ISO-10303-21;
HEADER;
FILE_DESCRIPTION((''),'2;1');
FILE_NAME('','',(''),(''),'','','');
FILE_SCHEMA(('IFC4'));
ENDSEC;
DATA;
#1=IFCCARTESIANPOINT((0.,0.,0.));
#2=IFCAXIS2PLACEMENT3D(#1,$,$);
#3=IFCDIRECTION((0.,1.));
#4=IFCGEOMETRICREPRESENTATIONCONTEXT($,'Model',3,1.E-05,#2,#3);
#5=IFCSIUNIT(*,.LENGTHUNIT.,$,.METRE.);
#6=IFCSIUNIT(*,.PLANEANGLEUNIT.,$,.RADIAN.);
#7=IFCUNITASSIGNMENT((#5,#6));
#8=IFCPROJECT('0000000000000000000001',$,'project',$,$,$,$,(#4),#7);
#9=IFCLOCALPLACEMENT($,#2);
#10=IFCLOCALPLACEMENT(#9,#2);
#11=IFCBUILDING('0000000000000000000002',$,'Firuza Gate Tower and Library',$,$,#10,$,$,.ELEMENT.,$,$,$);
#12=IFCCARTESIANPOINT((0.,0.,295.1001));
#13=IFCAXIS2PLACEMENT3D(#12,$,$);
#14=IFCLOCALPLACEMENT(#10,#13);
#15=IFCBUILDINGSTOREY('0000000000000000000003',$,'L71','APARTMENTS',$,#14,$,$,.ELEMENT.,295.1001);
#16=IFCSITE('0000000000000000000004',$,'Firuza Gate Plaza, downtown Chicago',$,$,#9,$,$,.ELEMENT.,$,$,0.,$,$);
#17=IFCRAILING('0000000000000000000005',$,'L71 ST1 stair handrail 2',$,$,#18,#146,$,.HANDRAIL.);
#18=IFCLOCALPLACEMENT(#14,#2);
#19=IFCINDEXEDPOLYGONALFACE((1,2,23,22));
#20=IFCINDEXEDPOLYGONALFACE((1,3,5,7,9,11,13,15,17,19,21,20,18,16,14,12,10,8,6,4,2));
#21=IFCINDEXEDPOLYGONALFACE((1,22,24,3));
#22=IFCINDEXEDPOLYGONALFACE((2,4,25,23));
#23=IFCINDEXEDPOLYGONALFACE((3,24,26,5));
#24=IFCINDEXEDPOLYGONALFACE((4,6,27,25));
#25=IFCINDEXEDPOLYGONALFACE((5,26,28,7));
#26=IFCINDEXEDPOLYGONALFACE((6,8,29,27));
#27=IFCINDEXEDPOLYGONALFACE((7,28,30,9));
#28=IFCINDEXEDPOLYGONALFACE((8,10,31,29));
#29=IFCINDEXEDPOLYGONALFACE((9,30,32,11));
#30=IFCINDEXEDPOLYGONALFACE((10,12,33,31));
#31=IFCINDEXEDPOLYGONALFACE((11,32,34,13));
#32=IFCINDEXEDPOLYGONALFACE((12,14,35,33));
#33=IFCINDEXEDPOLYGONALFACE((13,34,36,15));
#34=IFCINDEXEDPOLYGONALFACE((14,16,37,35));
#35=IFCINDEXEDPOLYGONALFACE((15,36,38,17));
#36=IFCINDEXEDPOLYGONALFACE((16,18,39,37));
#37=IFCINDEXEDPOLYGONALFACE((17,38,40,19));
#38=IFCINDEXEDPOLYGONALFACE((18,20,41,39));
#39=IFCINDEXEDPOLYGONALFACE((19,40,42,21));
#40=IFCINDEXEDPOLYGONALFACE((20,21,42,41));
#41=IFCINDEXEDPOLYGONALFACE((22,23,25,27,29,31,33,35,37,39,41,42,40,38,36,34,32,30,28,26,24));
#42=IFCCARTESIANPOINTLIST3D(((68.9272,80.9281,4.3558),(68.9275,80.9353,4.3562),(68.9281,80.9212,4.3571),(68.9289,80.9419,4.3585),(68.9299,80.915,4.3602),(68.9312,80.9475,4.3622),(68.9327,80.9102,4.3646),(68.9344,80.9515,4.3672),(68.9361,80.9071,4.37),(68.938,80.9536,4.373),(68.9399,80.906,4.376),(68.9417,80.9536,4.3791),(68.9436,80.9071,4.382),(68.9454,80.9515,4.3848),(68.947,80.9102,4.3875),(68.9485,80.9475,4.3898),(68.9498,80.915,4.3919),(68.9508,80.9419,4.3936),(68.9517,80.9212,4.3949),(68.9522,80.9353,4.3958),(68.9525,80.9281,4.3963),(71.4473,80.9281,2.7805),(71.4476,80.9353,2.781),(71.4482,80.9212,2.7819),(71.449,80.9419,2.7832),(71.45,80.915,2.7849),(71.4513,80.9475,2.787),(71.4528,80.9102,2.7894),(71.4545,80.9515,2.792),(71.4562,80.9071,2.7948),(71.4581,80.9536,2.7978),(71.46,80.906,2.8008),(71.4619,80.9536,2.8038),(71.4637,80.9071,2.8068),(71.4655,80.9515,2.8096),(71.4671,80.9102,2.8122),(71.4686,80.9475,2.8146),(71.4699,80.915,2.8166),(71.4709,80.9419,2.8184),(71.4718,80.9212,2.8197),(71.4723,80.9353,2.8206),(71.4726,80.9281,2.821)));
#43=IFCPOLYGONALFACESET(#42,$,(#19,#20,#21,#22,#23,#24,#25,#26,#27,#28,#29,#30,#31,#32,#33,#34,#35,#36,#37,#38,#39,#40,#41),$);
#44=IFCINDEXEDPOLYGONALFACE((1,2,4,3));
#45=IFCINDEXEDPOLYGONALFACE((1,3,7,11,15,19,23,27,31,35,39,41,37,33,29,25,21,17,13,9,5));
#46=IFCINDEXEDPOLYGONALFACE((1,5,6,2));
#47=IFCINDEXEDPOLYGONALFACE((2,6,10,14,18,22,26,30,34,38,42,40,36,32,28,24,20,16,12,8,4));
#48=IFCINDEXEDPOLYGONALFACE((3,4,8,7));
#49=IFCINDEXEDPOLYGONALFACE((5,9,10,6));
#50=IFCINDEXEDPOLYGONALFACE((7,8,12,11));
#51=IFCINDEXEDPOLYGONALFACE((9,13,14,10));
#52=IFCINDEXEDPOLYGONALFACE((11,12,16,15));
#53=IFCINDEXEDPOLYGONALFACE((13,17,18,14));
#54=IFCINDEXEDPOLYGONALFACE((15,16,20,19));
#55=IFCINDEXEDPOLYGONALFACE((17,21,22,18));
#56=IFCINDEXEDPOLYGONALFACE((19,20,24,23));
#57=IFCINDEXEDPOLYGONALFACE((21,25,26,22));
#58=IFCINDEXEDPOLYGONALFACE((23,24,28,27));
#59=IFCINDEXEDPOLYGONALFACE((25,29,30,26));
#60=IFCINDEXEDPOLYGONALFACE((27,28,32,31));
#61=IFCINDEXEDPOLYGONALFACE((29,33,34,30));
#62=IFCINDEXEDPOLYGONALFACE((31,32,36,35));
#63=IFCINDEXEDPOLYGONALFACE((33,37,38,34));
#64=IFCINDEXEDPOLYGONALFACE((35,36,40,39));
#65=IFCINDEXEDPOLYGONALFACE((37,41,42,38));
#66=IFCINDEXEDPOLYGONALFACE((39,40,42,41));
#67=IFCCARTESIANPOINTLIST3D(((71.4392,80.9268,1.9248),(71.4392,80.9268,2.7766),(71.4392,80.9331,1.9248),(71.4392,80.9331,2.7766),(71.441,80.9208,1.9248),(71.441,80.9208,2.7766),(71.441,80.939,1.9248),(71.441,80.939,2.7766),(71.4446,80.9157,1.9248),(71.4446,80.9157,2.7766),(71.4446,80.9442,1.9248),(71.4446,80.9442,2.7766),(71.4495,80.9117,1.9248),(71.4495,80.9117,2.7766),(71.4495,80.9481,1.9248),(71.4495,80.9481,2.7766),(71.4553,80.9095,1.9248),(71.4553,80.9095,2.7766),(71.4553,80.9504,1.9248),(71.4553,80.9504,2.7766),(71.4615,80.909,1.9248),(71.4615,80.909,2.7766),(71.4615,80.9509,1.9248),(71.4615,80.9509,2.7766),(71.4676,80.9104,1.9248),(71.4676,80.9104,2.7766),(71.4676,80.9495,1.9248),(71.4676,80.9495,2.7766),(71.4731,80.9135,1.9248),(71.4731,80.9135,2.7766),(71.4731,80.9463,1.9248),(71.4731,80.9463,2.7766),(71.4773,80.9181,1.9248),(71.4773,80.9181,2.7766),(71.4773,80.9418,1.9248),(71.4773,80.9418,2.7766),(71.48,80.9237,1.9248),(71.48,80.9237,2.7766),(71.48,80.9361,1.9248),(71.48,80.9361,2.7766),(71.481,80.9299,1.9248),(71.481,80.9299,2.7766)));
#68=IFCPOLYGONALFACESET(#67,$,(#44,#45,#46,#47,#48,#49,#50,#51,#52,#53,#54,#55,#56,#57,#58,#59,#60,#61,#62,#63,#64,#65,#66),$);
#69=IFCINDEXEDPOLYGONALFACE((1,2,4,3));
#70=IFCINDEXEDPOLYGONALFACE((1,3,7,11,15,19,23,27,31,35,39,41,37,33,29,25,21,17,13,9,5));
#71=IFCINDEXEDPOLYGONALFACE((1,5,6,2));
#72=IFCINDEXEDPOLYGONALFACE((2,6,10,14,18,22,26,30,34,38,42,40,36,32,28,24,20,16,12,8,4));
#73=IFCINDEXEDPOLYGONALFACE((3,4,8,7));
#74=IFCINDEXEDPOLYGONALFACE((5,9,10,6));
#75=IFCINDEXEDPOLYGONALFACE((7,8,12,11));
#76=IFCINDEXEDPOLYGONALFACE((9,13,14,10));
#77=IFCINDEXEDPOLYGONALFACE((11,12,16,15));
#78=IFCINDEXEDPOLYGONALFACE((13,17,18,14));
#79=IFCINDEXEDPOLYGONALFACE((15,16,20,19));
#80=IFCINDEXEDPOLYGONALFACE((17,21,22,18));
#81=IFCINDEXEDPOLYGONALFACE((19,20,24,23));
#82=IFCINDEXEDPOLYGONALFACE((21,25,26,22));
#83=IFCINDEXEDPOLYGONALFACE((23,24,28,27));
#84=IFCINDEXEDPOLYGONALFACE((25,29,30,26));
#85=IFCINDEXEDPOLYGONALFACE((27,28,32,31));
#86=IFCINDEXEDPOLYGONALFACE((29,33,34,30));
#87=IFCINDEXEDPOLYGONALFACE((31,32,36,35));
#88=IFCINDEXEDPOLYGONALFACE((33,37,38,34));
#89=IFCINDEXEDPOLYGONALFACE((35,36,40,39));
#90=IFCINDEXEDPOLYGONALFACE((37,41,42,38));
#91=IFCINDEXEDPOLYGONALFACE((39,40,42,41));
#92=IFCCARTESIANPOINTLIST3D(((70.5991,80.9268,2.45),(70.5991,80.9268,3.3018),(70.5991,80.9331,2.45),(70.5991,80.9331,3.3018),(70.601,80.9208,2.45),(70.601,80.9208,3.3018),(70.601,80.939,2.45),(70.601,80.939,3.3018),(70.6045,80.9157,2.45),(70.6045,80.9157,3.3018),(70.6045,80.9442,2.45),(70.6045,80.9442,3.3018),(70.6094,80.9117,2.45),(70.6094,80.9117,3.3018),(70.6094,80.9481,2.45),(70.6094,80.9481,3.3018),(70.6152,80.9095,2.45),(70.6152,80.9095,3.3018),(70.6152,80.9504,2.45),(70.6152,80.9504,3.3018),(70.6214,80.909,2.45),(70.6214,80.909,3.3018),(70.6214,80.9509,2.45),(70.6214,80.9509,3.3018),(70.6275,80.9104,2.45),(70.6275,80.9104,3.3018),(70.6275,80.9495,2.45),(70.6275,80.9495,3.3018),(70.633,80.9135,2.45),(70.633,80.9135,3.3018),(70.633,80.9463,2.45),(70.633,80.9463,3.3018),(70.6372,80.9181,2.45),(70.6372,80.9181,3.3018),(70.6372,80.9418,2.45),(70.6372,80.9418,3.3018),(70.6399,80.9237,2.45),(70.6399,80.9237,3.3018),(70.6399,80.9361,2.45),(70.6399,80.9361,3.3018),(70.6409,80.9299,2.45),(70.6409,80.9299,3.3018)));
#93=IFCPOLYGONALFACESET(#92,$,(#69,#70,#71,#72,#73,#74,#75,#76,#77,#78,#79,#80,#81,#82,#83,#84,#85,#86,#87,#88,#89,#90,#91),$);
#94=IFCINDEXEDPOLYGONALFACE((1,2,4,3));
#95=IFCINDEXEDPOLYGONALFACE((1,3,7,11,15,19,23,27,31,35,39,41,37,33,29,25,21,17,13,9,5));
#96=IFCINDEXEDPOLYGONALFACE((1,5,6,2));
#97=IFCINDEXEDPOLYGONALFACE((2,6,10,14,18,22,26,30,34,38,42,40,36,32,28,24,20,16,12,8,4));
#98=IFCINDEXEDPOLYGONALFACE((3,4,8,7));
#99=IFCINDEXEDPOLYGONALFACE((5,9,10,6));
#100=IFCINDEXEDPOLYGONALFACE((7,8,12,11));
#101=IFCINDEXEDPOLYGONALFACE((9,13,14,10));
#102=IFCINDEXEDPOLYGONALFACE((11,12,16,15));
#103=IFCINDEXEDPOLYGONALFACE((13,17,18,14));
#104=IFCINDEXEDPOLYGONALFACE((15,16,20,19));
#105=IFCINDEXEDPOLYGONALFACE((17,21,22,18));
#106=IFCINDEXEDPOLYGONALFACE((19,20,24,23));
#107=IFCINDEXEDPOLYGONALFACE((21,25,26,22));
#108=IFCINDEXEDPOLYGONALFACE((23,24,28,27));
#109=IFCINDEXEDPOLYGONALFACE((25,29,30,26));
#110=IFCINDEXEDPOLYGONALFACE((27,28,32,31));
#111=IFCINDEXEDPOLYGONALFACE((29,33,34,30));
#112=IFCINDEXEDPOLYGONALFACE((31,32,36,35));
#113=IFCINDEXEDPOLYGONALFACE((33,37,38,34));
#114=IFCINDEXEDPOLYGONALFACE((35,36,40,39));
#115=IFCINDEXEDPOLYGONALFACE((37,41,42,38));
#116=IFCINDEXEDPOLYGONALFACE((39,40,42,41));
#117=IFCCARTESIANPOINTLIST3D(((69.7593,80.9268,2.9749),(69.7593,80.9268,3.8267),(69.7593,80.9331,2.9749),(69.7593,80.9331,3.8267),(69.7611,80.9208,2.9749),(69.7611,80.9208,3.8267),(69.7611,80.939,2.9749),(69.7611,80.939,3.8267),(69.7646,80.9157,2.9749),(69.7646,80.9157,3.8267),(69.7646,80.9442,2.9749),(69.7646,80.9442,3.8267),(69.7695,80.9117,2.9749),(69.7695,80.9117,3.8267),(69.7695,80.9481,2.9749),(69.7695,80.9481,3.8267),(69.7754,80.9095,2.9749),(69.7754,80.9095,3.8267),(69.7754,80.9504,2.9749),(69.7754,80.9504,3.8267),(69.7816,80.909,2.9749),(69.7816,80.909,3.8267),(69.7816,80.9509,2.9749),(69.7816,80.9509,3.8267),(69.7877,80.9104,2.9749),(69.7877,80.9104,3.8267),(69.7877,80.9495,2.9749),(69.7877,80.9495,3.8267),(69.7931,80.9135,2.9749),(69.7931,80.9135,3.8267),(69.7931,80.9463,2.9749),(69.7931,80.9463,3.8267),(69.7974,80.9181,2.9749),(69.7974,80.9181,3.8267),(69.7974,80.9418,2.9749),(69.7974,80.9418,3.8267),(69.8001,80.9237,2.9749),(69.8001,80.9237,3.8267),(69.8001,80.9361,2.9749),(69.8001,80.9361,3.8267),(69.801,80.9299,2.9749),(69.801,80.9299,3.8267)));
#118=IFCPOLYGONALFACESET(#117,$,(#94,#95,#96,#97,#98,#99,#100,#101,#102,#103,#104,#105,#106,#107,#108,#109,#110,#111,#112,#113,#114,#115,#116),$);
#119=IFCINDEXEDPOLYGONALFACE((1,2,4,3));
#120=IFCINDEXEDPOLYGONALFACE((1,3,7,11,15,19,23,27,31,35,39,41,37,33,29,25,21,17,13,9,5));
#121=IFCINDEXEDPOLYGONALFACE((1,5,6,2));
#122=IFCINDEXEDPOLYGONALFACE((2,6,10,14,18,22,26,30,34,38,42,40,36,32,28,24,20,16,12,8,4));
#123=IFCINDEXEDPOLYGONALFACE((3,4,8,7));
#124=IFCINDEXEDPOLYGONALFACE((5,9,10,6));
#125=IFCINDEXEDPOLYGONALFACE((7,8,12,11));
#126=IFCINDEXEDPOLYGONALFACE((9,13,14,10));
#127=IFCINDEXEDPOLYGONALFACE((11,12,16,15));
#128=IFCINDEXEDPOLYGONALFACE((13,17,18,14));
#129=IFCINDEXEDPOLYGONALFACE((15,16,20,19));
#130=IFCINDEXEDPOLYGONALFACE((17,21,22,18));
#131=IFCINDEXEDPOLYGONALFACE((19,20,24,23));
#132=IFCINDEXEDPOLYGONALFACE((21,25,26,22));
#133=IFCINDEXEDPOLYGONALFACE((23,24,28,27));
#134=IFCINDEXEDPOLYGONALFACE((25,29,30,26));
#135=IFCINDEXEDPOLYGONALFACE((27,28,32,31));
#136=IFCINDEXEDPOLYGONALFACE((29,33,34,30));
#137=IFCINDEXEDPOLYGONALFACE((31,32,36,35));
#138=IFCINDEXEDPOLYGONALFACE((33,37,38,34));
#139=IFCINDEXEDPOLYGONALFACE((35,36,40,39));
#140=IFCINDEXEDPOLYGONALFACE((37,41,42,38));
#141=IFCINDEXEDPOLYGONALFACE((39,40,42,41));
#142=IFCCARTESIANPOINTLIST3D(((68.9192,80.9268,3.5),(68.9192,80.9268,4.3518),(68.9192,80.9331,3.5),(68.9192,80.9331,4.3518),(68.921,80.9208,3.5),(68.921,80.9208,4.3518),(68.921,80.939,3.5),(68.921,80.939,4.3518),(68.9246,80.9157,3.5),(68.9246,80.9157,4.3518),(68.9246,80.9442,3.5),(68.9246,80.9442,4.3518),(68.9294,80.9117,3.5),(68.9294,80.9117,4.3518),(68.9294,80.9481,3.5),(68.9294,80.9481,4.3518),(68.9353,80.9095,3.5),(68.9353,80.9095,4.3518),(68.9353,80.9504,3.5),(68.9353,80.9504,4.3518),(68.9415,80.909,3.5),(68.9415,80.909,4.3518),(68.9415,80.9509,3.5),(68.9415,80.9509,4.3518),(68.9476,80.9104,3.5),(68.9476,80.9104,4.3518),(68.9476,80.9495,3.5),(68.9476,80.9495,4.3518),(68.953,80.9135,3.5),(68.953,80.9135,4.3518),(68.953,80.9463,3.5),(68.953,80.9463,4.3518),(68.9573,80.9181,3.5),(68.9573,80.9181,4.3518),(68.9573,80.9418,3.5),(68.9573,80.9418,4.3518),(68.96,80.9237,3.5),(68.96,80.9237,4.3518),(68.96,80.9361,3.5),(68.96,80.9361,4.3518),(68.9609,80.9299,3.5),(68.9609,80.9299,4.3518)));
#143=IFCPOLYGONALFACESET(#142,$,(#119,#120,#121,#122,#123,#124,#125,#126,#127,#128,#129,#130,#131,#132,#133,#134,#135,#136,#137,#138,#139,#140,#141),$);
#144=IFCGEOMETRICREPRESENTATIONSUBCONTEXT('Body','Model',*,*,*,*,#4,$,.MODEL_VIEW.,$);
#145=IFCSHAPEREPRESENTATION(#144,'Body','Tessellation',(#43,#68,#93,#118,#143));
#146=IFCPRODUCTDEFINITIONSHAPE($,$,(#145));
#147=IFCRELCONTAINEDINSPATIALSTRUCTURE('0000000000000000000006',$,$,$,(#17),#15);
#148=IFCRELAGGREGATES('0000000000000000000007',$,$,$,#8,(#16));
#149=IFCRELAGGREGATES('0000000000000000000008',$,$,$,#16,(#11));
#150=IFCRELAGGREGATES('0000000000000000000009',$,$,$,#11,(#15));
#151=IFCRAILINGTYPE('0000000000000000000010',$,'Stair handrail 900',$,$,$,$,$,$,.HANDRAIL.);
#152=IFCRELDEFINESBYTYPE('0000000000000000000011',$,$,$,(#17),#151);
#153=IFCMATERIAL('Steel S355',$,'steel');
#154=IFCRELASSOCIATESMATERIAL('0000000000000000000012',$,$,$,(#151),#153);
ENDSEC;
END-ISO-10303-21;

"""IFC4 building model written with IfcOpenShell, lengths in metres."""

from ifc_helpers import new_model, si_unit, direction, frame, origin, origin_2d, place, context, subcontext, project, spatial, circle, extrude, material, type_object, element, save


model = new_model("IFC4")

# Units and contexts
model_context = context("Model", 3, precision=1e-05, world=origin(), true_north=direction((0.0, 1.0)))
body_context = subcontext(model_context, "Body", "Model", "MODEL_VIEW")
ifc_project = project(units=[si_unit("LENGTHUNIT", "METRE"), si_unit("PLANEANGLEUNIT", "RADIAN")], contexts=[model_context])

# Site, building, storey
site_placement = place(None, origin())
site = spatial("IfcSite", under=ifc_project, at=site_placement, Name="Firuza Gate Plaza, downtown Chicago", CompositionType="ELEMENT", RefElevation=0.0)
building_placement = place(site_placement, origin())
building = spatial("IfcBuilding", under=site, at=building_placement, Name="Firuza Gate Tower and Library", CompositionType="ELEMENT")
storey_placement = place(building_placement, frame((0.0, 0.0, 295.1001)))
storey = spatial("IfcBuildingStorey", under=building, at=storey_placement, Name="L71", Description="APARTMENTS", CompositionType="ELEMENT", Elevation=295.1001)

# Railing
ifc_material_1 = material(Name="Steel S355", Category="steel")
railing_type_1 = type_object("IfcRailingType", Name="Stair handrail 900", PredefinedType="HANDRAIL", material=ifc_material_1)
railing_1_placement = place(storey_placement, frame((71.46, 80.9299, 1.9248)))
element("IfcRailing", 1, at=railing_1_placement, inside=storey, type_object=railing_type_1, Name="L71 ST1 stair handrail 2", PredefinedType="HANDRAIL", context=body_context, shape_type="SweptSolid", body=[
    extrude(circle(Radius=0.0239, at=origin_2d()), frame((0.0, 0.0, 0.876), z_axis=(-0.847971, 0.0, 0.530043), x_axis=(0.0, -1.0, 0.0)), (0.0, 0.0, 1.0), 2.9719),
    extrude(circle(Radius=0.021, at=origin_2d()), origin(), (0.0, 0.0, 1.0), 0.8518),
    extrude(circle(Radius=0.021, at=origin_2d()), frame((-0.8401, 0.0, 0.5251)), (0.0, 0.0, 1.0), 0.8518),
    extrude(circle(Radius=0.021, at=origin_2d()), frame((-1.6799, 0.0, 1.05)), (0.0, 0.0, 1.0), 0.8518),
    extrude(circle(Radius=0.021, at=origin_2d()), frame((-2.52, 0.0, 1.5752)), (0.0, 0.0, 1.0), 0.8518),
])

save(model, "model.ifc")
